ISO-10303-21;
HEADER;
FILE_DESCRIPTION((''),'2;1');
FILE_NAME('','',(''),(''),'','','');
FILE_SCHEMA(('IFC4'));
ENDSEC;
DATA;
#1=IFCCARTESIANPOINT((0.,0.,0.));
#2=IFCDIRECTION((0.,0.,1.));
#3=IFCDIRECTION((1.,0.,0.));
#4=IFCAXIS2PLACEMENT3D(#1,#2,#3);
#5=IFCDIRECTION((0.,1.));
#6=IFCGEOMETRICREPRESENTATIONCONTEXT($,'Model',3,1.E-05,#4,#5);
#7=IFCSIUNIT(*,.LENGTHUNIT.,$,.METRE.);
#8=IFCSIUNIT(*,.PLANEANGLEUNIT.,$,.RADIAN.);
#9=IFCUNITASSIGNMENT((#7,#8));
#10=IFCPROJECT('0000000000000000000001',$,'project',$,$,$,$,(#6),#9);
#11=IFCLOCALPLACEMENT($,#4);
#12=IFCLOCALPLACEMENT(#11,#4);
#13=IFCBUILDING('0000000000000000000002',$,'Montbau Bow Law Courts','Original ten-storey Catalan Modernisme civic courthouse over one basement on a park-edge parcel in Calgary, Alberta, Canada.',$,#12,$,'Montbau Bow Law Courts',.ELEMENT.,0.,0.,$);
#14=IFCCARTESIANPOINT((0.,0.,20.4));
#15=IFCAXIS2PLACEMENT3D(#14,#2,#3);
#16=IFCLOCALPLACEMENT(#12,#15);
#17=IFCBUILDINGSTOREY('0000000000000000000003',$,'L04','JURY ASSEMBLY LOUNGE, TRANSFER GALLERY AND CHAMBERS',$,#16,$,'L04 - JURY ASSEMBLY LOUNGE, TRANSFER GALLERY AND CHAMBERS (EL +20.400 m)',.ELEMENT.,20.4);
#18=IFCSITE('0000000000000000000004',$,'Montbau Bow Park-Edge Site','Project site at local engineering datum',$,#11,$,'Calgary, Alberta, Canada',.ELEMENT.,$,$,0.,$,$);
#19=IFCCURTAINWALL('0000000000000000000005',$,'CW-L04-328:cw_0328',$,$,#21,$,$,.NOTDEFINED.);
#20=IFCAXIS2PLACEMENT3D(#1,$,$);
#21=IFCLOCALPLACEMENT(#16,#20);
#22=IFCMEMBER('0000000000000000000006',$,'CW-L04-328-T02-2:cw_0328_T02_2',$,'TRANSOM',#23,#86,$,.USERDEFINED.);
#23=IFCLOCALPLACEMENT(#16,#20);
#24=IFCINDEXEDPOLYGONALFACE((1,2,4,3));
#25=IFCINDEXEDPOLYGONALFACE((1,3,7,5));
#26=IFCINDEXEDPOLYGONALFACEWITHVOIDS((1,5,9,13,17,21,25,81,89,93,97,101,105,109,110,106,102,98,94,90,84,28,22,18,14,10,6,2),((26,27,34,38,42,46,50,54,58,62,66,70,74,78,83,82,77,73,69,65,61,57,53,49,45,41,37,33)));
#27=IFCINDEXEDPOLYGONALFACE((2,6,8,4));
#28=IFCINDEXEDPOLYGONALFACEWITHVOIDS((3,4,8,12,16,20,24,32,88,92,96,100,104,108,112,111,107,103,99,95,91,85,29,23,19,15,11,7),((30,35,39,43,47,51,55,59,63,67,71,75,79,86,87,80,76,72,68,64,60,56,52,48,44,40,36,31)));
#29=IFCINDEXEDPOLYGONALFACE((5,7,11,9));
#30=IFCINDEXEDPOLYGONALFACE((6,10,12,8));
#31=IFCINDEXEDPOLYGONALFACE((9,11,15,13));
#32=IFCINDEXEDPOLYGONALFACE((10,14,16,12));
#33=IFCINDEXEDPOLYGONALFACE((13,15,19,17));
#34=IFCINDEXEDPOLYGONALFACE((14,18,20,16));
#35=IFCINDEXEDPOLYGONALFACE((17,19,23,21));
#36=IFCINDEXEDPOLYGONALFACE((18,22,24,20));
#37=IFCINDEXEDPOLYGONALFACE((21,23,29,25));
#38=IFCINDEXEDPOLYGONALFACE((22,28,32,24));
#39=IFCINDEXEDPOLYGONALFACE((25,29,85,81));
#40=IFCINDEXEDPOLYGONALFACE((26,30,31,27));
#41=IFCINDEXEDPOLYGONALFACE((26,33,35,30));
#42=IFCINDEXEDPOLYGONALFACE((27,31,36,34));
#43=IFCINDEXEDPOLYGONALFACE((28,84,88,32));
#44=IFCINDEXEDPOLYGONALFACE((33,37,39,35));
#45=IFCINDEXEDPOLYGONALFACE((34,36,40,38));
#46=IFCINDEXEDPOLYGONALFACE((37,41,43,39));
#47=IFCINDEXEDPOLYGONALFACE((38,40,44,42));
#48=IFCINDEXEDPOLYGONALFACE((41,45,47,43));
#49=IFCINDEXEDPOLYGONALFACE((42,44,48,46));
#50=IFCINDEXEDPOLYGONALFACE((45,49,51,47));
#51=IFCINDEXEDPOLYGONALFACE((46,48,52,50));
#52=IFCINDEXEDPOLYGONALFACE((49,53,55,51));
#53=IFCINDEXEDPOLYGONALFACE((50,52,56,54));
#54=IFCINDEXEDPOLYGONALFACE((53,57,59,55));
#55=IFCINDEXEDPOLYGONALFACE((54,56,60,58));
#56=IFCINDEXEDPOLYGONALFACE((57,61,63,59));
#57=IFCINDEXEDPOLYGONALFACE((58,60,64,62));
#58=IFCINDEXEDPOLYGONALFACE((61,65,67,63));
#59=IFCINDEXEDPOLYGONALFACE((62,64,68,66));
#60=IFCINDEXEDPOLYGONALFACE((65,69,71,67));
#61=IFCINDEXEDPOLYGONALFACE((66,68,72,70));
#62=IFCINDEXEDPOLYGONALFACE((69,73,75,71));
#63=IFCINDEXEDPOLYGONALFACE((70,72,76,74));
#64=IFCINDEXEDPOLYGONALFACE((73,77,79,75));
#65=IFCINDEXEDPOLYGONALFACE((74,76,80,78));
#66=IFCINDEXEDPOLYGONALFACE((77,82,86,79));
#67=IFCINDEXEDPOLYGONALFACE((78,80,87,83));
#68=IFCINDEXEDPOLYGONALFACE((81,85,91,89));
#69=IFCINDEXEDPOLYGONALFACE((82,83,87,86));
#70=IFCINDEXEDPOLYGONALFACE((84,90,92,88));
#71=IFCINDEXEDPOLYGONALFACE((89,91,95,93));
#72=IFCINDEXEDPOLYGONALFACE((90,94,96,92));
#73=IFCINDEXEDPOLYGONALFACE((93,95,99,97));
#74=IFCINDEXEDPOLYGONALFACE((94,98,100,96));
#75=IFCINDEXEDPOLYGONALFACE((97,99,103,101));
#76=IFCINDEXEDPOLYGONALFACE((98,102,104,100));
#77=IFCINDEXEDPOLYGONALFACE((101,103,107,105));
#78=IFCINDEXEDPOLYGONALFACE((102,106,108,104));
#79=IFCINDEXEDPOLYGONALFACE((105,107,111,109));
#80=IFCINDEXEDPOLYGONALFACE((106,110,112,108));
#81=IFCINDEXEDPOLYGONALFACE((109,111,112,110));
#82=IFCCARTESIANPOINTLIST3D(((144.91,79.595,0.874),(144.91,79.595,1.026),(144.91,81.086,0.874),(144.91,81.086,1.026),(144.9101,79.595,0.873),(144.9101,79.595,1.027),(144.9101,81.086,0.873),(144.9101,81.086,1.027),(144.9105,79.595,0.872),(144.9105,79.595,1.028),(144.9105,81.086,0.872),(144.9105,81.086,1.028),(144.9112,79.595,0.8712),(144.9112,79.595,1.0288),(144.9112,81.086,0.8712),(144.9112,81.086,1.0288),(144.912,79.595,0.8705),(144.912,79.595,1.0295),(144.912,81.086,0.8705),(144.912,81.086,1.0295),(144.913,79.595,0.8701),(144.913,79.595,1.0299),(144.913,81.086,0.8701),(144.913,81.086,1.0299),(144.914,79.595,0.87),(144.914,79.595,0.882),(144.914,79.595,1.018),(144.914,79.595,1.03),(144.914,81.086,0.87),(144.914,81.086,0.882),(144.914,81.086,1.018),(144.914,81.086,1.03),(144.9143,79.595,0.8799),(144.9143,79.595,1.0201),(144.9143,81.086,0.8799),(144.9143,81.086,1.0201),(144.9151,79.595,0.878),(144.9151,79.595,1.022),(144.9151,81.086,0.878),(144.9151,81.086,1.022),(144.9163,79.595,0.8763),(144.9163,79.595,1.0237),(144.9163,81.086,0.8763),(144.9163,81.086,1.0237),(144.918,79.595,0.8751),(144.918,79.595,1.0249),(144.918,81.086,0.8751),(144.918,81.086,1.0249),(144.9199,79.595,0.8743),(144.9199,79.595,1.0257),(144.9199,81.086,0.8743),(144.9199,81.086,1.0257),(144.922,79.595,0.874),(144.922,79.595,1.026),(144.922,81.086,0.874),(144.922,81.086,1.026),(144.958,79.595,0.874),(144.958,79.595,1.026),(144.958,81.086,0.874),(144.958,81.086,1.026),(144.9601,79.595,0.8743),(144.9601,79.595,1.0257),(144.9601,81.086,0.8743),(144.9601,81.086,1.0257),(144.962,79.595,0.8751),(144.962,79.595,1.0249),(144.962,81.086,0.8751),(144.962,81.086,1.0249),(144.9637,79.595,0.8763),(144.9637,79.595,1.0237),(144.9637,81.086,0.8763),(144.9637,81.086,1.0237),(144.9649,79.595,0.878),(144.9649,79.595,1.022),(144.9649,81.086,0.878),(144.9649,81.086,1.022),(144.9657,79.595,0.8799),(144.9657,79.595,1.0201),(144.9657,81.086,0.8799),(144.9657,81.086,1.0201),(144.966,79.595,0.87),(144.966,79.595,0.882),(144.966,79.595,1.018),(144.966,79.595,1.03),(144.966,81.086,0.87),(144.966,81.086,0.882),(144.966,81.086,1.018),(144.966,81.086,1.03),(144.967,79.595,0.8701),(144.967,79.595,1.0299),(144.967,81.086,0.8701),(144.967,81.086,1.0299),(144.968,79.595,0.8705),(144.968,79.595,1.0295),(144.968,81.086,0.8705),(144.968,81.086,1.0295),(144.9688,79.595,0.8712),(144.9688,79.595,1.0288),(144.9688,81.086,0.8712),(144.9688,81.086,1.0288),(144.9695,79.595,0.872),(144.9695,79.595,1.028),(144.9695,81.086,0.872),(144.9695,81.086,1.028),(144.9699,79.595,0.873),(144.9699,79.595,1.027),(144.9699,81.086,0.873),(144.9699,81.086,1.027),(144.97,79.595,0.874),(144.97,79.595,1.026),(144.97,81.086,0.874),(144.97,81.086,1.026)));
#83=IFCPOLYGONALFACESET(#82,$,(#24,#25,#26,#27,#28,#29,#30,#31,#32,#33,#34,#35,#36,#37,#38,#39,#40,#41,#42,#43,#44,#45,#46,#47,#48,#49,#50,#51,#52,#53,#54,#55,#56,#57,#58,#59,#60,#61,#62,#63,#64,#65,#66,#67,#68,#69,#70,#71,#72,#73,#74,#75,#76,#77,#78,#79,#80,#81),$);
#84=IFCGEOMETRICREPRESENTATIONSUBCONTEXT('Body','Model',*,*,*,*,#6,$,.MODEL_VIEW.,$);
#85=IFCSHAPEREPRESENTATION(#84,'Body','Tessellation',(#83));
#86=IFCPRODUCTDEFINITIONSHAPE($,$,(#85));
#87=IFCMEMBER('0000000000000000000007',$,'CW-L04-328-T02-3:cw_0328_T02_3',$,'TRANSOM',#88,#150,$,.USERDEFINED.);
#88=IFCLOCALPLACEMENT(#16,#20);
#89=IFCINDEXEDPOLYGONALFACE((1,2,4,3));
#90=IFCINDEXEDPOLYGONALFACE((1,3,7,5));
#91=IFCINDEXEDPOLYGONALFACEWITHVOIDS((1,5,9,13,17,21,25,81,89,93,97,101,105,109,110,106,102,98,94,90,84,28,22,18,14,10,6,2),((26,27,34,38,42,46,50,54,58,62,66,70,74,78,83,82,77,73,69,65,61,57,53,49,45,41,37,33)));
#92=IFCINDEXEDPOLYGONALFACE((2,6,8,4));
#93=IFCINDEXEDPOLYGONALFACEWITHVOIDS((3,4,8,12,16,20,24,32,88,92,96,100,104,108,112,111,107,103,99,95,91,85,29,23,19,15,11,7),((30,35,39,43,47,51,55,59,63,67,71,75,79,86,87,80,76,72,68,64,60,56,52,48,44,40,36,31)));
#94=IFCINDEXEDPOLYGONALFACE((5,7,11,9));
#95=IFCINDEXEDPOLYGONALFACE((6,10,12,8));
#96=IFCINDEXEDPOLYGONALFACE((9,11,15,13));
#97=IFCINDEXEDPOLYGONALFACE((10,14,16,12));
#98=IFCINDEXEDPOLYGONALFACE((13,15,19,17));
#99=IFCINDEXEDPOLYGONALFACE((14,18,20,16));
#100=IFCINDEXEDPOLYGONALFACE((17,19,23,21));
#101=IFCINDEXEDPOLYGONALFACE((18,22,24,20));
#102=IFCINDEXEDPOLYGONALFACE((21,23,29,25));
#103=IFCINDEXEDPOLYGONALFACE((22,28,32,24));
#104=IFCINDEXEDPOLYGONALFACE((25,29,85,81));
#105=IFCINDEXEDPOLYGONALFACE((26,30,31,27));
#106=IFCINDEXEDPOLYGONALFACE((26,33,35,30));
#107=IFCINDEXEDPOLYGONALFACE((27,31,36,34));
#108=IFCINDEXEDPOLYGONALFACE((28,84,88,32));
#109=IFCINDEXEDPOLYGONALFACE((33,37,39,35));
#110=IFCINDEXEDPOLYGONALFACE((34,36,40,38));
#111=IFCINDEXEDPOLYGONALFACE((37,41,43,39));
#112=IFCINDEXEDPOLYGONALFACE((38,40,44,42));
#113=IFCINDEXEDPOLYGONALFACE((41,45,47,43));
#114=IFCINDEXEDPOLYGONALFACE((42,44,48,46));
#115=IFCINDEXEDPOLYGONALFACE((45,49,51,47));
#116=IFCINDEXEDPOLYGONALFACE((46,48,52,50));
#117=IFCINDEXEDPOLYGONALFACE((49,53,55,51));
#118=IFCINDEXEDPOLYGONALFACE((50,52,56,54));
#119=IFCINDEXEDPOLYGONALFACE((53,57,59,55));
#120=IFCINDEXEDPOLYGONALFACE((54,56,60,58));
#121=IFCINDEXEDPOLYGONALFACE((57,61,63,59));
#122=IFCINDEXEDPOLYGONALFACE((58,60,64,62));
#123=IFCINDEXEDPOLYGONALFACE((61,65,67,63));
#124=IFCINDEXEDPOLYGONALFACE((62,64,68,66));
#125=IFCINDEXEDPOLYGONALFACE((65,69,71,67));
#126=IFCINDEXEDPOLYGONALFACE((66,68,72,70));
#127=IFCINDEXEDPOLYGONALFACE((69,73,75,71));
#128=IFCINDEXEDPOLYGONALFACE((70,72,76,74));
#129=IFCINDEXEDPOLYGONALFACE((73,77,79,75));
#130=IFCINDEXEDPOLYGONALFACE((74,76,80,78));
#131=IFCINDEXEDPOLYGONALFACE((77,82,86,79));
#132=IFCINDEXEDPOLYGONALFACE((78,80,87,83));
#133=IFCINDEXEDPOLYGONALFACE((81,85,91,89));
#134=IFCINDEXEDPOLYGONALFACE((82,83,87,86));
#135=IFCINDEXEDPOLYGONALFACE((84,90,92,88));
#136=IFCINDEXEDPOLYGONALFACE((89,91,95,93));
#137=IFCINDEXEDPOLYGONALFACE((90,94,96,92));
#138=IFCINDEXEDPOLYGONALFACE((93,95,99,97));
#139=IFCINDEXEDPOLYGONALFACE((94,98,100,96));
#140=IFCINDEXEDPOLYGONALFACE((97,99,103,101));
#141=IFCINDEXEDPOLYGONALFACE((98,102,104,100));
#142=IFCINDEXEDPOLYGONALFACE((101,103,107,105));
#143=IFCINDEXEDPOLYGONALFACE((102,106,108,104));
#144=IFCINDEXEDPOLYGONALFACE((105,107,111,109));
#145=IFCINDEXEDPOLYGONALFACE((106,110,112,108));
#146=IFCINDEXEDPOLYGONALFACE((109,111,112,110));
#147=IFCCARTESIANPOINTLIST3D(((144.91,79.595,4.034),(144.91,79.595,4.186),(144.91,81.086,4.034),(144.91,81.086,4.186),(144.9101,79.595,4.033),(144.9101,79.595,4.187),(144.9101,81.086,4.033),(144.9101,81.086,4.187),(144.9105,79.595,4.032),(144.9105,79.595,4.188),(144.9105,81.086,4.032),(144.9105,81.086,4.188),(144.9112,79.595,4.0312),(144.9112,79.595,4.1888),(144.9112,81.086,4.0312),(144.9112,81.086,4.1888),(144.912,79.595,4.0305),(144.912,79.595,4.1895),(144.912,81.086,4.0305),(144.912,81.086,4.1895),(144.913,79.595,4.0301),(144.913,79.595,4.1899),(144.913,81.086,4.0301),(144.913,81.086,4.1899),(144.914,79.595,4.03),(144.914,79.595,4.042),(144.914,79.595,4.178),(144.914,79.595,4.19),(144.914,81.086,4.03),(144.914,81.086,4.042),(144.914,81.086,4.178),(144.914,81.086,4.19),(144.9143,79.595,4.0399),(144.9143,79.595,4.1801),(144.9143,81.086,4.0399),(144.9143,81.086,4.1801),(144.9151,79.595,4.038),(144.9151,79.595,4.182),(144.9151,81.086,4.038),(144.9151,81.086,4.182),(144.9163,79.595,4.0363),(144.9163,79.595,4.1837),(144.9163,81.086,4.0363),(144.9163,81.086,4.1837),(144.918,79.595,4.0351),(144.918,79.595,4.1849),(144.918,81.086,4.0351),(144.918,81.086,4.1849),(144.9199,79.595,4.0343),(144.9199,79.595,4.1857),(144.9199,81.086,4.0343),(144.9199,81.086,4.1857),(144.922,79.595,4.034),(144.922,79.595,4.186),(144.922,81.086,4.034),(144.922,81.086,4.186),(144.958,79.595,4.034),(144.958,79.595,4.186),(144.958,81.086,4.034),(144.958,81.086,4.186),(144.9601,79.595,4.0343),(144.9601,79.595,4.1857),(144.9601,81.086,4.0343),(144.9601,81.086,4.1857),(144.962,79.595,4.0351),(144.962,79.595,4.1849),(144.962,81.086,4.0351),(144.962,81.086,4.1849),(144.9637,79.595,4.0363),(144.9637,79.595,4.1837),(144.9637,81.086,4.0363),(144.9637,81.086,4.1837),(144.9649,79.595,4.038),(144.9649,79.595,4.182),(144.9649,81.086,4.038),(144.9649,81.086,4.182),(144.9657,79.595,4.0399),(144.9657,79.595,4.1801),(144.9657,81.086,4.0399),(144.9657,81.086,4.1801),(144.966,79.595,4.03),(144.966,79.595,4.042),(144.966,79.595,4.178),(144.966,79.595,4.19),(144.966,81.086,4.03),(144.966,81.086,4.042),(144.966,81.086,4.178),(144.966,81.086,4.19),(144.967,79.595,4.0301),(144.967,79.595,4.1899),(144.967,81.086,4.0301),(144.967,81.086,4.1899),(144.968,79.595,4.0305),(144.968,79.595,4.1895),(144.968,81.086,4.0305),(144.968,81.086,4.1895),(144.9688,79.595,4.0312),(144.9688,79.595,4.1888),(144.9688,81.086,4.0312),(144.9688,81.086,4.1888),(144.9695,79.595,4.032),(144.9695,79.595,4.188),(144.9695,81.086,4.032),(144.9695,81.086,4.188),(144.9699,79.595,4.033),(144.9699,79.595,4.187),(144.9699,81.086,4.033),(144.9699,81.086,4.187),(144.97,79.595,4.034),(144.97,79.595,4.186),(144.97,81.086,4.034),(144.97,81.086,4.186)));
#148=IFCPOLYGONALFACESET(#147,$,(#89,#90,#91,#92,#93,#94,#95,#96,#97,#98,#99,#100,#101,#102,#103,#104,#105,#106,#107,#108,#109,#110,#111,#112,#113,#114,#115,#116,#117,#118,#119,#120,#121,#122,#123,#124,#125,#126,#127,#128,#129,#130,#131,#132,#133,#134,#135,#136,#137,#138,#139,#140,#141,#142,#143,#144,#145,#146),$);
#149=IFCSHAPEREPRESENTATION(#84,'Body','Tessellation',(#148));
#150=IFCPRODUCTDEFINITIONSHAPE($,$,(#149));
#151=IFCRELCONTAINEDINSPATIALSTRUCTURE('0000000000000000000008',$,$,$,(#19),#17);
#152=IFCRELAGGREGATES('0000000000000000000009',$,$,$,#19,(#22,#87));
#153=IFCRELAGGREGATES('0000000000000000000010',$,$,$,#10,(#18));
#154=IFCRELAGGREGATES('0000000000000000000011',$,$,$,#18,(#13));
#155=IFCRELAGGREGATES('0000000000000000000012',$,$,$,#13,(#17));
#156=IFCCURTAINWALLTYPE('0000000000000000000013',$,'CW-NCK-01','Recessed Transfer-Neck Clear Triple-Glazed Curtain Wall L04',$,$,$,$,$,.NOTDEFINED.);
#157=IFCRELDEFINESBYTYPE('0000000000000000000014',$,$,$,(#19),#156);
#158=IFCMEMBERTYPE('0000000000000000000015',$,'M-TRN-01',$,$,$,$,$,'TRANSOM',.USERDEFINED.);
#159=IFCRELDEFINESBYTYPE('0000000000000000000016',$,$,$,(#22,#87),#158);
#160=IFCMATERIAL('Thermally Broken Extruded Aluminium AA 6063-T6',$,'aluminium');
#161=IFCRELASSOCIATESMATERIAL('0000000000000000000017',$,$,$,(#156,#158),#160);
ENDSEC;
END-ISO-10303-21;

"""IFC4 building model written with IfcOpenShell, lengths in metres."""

from ifc_helpers import new_model, si_unit, direction, frame, origin_with_axes, origin_2d_with_axis, place, context, subcontext, project, spatial, hollow_rectangle, extrude, material, material_profile, profile_set, type_object, element, aggregate, save


model = new_model("IFC4")

# Units and contexts
model_context = context("Model", 3, precision=1e-05, world=origin_with_axes(), true_north=direction((0.0, 1.0)))
body_context = subcontext(model_context, "Body", "Model", "MODEL_VIEW")
ifc_project = project(units=[si_unit("LENGTHUNIT", "METRE"), si_unit("PLANEANGLEUNIT", "RADIAN")], contexts=[model_context])

# Site, building, storey
site_placement = place(None, origin_with_axes())
site = spatial("IfcSite", under=ifc_project, at=site_placement, Name="Montbau Bow Park-Edge Site", Description="Project site at local engineering datum", LongName="Calgary, Alberta, Canada", CompositionType="ELEMENT", RefElevation=0.0)
building_placement = place(site_placement, origin_with_axes())
building = spatial("IfcBuilding", under=site, at=building_placement, Name="Montbau Bow Law Courts", Description="Original ten-storey Catalan Modernisme civic courthouse over one basement on a park-edge parcel in Calgary, Alberta, Canada.", LongName="Montbau Bow Law Courts", CompositionType="ELEMENT", ElevationOfRefHeight=0.0, ElevationOfTerrain=0.0)
storey_placement = place(building_placement, frame((0.0, 0.0, 20.4), z_axis=(0.0, 0.0, 1.0), x_axis=(1.0, 0.0, 0.0)))
storey = spatial("IfcBuildingStorey", under=building, at=storey_placement, Name="L04", Description="JURY ASSEMBLY LOUNGE, TRANSFER GALLERY AND CHAMBERS", LongName="L04 - JURY ASSEMBLY LOUNGE, TRANSFER GALLERY AND CHAMBERS (EL +20.400 m)", CompositionType="ELEMENT", Elevation=20.4)

# Curtain wall, members
ifc_material_1 = material(Name="Thermally Broken Extruded Aluminium AA 6063-T6", Category="aluminium")
curtain_wall_type = type_object("IfcCurtainWallType", Name="CW-NCK-01", Description="Recessed Transfer-Neck Clear Triple-Glazed Curtain Wall L04", PredefinedType="NOTDEFINED", material=ifc_material_1)
curtain_wall_placement = place(None, frame((144.94, 78.0, 20.4), z_axis=(0.0, 0.0, 1.0), x_axis=(1.0, 0.0, 0.0)))
curtain_wall = element("IfcCurtainWall", 1, at=curtain_wall_placement, inside=storey, type_object=curtain_wall_type, Name="CW-L04-328:cw_0328", PredefinedType="NOTDEFINED")
ifc_material_profile_1 = material_profile(ifc_material_1, hollow_rectangle(XDim=0.06, YDim=0.16, WallThickness=0.004, InnerFilletRadius=0.008, OuterFilletRadius=0.004, at=origin_2d_with_axis()), Name="CWT-160X60", Category="Main", Priority=0)
ifc_profile_set_1 = profile_set([ifc_material_profile_1], Name="Thermally Broken Extruded Aluminium AA 6063-T6")
member_type_1 = type_object("IfcMemberType", Name="M-TRN-01", ElementType="TRANSOM", PredefinedType="USERDEFINED", material=ifc_profile_set_1)
member_1_placement = place(None, frame((144.94, 79.595, 21.35), z_axis=(0.0, 1.0, 0.0), x_axis=(-1.0, 0.0, 0.0)))
member_1 = element("IfcMember", 2, at=member_1_placement, type_object=member_type_1, Name="CW-L04-328-T02-2:cw_0328_T02_2", ObjectType="TRANSOM", PredefinedType="USERDEFINED", context=body_context, shape_type="SweptSolid", body=[
    extrude(hollow_rectangle(XDim=0.06, YDim=0.16, WallThickness=0.004, InnerFilletRadius=0.008, OuterFilletRadius=0.004, at=origin_2d_with_axis()), origin_with_axes(), (0.0, 0.0, 1.0), 1.491),
])
member_2_placement = place(None, frame((144.94, 79.595, 24.51), z_axis=(0.0, 1.0, 0.0), x_axis=(-1.0, 0.0, 0.0)))
member_2 = element("IfcMember", 3, at=member_2_placement, type_object=member_type_1, Name="CW-L04-328-T02-3:cw_0328_T02_3", ObjectType="TRANSOM", PredefinedType="USERDEFINED", context=body_context, shape_type="SweptSolid", body=[
    extrude(hollow_rectangle(XDim=0.06, YDim=0.16, WallThickness=0.004, InnerFilletRadius=0.008, OuterFilletRadius=0.004, at=origin_2d_with_axis()), origin_with_axes(), (0.0, 0.0, 1.0), 1.491),
])
aggregate(curtain_wall, [member_1, member_2])

save(model, "model.ifc")
